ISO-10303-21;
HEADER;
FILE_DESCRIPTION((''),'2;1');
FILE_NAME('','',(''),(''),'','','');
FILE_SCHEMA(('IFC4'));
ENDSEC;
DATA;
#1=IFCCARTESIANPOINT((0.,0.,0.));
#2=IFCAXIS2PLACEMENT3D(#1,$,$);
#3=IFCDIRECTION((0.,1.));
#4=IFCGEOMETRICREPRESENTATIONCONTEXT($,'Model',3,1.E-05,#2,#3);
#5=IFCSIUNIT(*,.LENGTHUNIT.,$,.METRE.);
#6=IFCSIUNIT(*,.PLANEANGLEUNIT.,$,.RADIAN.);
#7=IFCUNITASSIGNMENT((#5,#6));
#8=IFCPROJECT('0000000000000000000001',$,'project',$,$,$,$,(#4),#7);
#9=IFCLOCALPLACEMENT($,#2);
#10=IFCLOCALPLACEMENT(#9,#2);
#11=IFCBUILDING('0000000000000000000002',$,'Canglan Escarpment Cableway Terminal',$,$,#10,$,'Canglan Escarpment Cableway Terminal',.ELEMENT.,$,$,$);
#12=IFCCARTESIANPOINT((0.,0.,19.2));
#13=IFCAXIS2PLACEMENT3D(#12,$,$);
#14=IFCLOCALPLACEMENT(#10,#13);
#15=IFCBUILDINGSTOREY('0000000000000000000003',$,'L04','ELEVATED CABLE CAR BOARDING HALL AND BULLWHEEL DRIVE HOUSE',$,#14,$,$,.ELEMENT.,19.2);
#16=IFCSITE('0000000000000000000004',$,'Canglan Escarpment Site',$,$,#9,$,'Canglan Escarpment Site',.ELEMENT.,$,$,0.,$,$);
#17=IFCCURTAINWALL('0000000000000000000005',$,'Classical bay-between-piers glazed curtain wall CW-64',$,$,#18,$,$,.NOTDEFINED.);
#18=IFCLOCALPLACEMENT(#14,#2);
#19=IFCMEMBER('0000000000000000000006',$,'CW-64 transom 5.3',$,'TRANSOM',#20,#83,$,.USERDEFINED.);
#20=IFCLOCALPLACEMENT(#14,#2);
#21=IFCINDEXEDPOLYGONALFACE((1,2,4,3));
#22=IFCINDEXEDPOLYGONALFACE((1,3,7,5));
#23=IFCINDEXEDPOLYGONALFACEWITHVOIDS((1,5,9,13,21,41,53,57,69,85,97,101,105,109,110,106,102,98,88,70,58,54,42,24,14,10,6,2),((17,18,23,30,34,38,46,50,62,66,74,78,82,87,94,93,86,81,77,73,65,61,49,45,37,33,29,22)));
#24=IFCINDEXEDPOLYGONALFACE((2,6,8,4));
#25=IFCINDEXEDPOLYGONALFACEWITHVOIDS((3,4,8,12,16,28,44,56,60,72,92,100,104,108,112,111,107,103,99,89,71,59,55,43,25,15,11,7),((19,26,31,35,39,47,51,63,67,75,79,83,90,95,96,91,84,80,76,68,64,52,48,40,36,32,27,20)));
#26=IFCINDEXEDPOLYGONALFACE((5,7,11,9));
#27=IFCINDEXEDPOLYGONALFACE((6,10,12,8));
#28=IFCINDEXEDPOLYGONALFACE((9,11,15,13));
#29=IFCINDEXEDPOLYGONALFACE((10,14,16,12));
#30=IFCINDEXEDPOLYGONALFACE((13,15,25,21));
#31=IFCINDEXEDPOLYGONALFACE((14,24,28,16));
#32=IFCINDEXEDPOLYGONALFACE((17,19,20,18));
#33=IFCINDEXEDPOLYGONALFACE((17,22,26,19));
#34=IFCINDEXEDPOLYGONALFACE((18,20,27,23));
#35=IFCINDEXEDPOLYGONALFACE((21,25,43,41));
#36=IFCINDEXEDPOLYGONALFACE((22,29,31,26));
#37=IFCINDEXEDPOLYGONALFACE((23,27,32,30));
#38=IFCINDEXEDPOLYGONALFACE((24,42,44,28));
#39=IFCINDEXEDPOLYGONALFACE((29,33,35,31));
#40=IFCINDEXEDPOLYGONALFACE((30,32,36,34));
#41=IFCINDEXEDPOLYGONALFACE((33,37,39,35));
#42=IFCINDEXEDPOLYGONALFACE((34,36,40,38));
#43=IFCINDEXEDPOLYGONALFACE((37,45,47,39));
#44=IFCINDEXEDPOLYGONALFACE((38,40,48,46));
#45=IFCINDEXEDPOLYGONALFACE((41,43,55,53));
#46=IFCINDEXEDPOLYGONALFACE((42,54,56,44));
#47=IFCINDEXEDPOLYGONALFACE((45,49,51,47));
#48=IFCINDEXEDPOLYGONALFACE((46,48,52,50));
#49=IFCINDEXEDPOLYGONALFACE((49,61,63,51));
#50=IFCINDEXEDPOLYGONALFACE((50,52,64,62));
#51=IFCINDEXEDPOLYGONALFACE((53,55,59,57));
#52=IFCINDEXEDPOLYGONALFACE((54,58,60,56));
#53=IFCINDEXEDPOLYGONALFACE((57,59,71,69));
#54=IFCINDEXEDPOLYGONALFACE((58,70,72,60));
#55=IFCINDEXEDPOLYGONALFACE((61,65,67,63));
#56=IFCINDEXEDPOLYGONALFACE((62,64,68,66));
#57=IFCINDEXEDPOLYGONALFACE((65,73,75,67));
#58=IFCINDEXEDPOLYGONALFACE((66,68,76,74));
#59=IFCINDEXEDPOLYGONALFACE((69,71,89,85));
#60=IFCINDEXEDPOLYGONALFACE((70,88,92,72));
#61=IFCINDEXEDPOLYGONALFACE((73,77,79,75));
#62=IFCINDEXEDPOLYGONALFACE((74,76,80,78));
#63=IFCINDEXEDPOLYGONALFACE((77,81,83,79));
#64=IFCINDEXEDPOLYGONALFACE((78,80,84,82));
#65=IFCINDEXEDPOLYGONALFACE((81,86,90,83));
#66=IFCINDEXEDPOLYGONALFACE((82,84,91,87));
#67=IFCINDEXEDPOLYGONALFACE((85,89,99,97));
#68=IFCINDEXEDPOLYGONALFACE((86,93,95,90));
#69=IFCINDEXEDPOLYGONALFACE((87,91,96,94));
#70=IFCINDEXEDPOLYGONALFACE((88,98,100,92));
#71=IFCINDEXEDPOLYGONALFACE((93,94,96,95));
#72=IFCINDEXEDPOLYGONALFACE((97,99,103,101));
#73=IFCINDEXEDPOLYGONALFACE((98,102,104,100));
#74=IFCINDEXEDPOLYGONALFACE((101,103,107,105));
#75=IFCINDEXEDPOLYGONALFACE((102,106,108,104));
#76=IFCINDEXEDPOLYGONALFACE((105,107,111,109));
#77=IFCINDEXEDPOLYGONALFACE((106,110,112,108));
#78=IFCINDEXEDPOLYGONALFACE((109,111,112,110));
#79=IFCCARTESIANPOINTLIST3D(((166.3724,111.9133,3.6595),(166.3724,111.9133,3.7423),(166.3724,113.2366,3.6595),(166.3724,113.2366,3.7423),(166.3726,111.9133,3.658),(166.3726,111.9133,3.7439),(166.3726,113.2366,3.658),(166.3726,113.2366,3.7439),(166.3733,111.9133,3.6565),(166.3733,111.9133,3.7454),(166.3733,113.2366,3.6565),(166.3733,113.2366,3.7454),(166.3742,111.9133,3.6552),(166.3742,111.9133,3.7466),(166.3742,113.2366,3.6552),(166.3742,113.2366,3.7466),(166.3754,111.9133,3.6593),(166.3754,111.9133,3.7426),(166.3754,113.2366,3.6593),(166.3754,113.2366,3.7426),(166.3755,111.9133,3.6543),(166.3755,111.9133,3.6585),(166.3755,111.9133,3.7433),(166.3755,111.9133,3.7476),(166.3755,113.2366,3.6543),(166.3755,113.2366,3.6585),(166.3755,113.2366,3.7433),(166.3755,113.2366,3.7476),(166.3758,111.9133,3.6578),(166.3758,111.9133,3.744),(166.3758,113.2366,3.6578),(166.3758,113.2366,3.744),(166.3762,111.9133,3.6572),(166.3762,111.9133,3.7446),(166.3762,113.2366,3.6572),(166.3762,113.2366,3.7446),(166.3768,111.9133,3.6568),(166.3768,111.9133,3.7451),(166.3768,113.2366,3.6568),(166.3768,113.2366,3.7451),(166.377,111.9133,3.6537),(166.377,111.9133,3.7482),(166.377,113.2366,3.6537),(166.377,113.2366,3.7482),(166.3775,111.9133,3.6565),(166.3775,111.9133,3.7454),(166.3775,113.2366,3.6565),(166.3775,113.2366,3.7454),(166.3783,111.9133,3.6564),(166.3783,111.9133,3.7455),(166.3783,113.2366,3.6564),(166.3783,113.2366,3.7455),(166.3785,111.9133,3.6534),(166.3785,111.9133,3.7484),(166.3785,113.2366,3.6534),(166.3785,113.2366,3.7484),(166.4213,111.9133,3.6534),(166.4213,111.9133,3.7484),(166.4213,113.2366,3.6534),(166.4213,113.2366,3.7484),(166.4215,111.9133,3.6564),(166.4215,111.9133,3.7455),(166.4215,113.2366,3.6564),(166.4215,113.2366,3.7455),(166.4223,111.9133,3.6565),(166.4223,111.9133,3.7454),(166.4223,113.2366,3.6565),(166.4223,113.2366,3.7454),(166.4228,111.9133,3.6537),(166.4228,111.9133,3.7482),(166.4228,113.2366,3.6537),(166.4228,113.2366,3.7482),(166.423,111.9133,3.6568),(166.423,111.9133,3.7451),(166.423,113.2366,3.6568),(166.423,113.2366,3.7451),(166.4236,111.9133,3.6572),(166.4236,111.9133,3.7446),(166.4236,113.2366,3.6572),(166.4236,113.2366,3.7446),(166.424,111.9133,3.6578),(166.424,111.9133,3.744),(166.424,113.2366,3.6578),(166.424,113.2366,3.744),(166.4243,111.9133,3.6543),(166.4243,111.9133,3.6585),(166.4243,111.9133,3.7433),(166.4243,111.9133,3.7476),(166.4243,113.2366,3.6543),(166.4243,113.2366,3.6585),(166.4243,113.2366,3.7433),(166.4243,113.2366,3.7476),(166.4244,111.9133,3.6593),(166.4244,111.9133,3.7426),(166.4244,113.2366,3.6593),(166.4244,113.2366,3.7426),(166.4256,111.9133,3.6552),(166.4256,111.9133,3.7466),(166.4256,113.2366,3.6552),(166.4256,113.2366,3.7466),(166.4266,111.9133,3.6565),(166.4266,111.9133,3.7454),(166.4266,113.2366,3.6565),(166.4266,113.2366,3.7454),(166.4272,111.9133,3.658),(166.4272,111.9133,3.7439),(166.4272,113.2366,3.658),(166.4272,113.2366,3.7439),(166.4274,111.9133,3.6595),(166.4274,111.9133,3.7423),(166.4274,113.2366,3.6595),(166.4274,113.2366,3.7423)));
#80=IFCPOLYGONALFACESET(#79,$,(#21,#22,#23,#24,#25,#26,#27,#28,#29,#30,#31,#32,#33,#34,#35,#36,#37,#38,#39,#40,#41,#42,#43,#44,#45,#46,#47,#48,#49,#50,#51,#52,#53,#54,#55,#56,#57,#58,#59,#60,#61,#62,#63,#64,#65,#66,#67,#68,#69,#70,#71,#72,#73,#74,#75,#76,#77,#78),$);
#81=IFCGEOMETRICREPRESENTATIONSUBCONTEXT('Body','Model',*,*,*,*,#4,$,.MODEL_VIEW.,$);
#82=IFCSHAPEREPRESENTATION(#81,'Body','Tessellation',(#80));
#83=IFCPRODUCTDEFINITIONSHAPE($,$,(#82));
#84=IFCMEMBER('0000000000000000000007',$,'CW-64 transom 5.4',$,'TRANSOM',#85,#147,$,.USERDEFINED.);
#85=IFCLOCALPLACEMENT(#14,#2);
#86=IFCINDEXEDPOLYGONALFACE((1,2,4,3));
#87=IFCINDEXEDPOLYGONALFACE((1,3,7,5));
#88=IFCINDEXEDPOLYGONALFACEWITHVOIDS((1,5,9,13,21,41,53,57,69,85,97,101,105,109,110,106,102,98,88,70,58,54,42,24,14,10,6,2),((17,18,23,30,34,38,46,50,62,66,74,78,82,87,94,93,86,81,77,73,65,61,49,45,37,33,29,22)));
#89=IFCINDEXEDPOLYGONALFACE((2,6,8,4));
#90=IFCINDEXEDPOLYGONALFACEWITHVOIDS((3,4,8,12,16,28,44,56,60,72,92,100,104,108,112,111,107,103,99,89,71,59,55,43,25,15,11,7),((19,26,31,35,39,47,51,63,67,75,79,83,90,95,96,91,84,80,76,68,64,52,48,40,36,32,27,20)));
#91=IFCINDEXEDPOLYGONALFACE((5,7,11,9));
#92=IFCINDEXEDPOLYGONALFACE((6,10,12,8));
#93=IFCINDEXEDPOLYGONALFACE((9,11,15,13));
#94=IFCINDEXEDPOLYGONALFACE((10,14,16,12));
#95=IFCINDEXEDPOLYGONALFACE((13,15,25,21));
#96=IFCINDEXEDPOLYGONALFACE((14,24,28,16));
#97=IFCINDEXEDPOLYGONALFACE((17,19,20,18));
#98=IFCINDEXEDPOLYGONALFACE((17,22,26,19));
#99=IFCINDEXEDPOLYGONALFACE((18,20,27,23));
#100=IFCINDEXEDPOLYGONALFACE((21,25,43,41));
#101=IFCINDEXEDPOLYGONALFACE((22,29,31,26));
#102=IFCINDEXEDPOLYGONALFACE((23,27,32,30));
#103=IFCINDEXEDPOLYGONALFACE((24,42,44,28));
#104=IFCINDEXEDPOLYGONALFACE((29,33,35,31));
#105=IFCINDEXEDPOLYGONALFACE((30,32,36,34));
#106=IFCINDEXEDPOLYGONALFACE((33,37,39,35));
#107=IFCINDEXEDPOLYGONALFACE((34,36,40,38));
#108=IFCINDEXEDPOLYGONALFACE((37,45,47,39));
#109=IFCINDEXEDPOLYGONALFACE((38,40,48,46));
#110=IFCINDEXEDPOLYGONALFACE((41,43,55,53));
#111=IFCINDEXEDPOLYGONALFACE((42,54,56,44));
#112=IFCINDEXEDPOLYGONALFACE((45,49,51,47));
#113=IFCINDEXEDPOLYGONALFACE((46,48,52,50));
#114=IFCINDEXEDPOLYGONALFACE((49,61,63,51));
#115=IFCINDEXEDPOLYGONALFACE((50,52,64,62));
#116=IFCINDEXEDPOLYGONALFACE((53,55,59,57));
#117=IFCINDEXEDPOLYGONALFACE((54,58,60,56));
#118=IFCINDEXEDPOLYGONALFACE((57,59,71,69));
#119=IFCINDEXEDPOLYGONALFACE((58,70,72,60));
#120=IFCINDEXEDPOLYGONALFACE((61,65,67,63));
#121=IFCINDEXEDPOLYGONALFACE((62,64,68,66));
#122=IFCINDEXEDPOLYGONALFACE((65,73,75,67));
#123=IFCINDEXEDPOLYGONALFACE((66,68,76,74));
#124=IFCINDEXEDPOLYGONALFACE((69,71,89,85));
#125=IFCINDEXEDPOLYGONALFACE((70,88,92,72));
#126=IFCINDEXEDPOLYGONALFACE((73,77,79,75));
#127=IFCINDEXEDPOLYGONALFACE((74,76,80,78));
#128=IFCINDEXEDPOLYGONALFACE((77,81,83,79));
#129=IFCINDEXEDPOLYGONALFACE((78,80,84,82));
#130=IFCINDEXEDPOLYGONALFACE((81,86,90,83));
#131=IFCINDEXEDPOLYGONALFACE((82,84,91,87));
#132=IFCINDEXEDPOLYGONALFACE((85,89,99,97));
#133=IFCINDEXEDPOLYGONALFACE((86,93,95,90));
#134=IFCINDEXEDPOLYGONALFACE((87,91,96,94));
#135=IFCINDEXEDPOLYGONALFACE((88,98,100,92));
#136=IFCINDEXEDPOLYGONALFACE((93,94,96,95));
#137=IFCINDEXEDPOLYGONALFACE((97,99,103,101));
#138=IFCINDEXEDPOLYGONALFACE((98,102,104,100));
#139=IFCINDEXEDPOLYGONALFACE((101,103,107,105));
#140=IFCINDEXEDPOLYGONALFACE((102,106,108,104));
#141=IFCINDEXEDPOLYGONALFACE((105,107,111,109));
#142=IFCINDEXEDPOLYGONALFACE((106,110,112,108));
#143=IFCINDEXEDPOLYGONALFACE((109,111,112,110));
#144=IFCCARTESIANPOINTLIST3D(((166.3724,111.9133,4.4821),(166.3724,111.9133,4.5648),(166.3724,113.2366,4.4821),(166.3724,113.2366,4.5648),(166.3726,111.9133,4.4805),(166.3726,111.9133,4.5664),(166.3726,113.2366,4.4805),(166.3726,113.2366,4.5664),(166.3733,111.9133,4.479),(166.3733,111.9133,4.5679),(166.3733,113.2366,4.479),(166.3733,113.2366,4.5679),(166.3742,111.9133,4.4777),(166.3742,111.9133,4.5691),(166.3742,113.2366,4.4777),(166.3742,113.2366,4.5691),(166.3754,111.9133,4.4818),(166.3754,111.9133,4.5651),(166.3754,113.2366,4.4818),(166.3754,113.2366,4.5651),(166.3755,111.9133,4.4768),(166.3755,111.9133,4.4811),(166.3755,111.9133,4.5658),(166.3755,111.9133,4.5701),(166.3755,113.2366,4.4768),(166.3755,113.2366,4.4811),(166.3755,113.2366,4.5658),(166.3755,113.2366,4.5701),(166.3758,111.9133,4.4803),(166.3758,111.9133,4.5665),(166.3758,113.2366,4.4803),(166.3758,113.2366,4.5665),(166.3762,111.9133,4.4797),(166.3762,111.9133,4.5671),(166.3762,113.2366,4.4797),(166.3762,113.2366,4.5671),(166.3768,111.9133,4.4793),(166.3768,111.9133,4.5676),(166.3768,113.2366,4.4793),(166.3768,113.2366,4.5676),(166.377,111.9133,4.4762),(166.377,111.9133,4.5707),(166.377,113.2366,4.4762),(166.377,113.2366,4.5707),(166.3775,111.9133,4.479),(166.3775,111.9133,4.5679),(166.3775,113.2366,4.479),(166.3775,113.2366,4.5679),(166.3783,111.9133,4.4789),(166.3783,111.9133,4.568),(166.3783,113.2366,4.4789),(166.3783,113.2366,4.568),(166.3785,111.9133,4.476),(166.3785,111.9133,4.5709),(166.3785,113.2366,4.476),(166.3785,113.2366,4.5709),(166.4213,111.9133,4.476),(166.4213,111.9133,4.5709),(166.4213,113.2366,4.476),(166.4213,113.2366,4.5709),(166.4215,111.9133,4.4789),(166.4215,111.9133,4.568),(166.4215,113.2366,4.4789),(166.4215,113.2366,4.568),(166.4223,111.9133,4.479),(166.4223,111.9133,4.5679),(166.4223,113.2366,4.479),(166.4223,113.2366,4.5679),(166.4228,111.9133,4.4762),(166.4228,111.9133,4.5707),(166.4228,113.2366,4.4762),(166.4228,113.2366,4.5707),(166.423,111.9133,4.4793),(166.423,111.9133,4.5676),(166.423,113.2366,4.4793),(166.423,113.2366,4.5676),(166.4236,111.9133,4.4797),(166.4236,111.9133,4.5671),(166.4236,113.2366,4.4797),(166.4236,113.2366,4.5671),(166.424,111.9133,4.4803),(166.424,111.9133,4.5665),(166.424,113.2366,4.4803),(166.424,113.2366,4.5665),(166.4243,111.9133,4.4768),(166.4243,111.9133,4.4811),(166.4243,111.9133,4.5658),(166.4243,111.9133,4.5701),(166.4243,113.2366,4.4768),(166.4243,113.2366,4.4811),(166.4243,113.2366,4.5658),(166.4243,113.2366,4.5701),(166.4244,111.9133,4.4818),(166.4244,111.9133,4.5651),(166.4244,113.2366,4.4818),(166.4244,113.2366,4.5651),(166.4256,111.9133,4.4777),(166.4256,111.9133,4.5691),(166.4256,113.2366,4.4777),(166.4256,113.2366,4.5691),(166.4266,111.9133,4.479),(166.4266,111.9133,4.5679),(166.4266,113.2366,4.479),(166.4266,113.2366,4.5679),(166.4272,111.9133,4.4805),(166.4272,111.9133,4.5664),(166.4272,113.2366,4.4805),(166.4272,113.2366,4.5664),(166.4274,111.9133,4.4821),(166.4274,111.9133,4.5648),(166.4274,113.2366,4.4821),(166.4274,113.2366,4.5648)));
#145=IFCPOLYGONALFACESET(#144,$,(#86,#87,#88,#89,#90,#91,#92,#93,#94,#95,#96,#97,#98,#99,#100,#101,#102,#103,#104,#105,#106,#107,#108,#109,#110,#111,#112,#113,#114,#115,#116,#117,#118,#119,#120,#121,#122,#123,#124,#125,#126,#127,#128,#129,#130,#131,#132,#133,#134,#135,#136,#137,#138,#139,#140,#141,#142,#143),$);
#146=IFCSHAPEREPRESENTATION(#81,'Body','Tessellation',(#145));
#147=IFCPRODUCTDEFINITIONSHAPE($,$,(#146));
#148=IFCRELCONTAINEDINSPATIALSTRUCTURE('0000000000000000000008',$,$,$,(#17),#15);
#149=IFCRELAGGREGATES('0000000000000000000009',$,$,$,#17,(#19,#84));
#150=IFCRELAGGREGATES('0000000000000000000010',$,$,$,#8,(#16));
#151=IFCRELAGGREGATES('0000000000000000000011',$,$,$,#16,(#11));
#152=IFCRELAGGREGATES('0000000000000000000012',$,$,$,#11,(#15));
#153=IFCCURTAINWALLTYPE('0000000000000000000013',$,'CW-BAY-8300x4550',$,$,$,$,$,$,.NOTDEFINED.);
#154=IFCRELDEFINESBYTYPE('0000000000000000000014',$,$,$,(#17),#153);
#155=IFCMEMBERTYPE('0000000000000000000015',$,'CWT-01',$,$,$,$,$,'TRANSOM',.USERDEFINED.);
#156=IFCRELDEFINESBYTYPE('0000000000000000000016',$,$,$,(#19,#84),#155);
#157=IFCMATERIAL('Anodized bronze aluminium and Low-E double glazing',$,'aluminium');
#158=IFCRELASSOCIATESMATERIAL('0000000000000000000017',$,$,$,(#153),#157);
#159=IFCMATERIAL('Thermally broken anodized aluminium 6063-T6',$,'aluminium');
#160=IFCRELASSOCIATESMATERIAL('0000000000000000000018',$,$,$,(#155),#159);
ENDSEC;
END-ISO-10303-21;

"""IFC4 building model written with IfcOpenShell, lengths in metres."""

from ifc_helpers import new_model, si_unit, direction, frame, origin, origin_2d, place, context, subcontext, project, spatial, hollow_rectangle, extrude, material, material_profile, profile_set, type_object, element, aggregate, save


model = new_model("IFC4")

# Units and contexts
model_context = context("Model", 3, precision=1e-05, world=origin(), true_north=direction((0.0, 1.0)))
body_context = subcontext(model_context, "Body", "Model", "MODEL_VIEW")
ifc_project = project(units=[si_unit("LENGTHUNIT", "METRE"), si_unit("PLANEANGLEUNIT", "RADIAN")], contexts=[model_context])

# Site, building, storey
site_placement = place(None, origin())
site = spatial("IfcSite", under=ifc_project, at=site_placement, Name="Canglan Escarpment Site", LongName="Canglan Escarpment Site", CompositionType="ELEMENT", RefElevation=0.0)
building_placement = place(site_placement, origin())
building = spatial("IfcBuilding", under=site, at=building_placement, Name="Canglan Escarpment Cableway Terminal", LongName="Canglan Escarpment Cableway Terminal", CompositionType="ELEMENT")
storey_placement = place(building_placement, frame((0.0, 0.0, 19.2)))
storey = spatial("IfcBuildingStorey", under=building, at=storey_placement, Name="L04", Description="ELEVATED CABLE CAR BOARDING HALL AND BULLWHEEL DRIVE HOUSE", CompositionType="ELEMENT", Elevation=19.2)

# Curtain wall
ifc_material_1 = material(Name="Anodized bronze aluminium and Low-E double glazing", Category="aluminium")
curtain_wall_type = type_object("IfcCurtainWallType", Name="CW-BAY-8300x4550", PredefinedType="NOTDEFINED", material=ifc_material_1)
curtain_wall_1_placement = place(storey_placement, origin())
curtain_wall_1 = element("IfcCurtainWall", 1, at=curtain_wall_1_placement, inside=storey, type_object=curtain_wall_type, Name="Classical bay-between-piers glazed curtain wall CW-64", PredefinedType="NOTDEFINED")
ifc_material_2 = material(Name="Thermally broken anodized aluminium 6063-T6", Category="aluminium")

# Members
ifc_material_profile_1 = material_profile(ifc_material_2, hollow_rectangle(XDim=0.0549, YDim=0.095, WallThickness=0.0029, InnerFilletRadius=0.0029, OuterFilletRadius=0.0061, at=origin_2d()), Name="ALU-TRAN 55x95x3")
ifc_profile_set_1 = profile_set([ifc_material_profile_1], Name="Thermally broken anodized aluminium 6063-T6")
member_type_1 = type_object("IfcMemberType", Name="CWT-01", ElementType="TRANSOM", PredefinedType="USERDEFINED", material=ifc_profile_set_1)
member_1_placement = place(storey_placement, frame((166.3999, 111.9133, 3.7009), z_axis=(0.0, 1.0, 0.0), x_axis=(-1.0, 0.0, 0.0)))
member_1 = element("IfcMember", 2, at=member_1_placement, type_object=member_type_1, Name="CW-64 transom 5.3", ObjectType="TRANSOM", PredefinedType="USERDEFINED", context=body_context, shape_type="SweptSolid", body=[
    extrude(hollow_rectangle(XDim=0.0549, YDim=0.095, WallThickness=0.0029, InnerFilletRadius=0.0029, OuterFilletRadius=0.0061, at=origin_2d()), origin(), (0.0, 0.0, 1.0), 1.3232),
])
member_2_placement = place(storey_placement, frame((166.3999, 111.9133, 4.5234), z_axis=(0.0, 1.0, 0.0), x_axis=(-1.0, 0.0, 0.0)))
member_2 = element("IfcMember", 3, at=member_2_placement, type_object=member_type_1, Name="CW-64 transom 5.4", ObjectType="TRANSOM", PredefinedType="USERDEFINED", context=body_context, shape_type="SweptSolid", body=[
    extrude(hollow_rectangle(XDim=0.0549, YDim=0.095, WallThickness=0.0029, InnerFilletRadius=0.0029, OuterFilletRadius=0.0061, at=origin_2d()), origin(), (0.0, 0.0, 1.0), 1.3232),
])

aggregate(curtain_wall_1, [member_1, member_2])

save(model, "model.ifc")
